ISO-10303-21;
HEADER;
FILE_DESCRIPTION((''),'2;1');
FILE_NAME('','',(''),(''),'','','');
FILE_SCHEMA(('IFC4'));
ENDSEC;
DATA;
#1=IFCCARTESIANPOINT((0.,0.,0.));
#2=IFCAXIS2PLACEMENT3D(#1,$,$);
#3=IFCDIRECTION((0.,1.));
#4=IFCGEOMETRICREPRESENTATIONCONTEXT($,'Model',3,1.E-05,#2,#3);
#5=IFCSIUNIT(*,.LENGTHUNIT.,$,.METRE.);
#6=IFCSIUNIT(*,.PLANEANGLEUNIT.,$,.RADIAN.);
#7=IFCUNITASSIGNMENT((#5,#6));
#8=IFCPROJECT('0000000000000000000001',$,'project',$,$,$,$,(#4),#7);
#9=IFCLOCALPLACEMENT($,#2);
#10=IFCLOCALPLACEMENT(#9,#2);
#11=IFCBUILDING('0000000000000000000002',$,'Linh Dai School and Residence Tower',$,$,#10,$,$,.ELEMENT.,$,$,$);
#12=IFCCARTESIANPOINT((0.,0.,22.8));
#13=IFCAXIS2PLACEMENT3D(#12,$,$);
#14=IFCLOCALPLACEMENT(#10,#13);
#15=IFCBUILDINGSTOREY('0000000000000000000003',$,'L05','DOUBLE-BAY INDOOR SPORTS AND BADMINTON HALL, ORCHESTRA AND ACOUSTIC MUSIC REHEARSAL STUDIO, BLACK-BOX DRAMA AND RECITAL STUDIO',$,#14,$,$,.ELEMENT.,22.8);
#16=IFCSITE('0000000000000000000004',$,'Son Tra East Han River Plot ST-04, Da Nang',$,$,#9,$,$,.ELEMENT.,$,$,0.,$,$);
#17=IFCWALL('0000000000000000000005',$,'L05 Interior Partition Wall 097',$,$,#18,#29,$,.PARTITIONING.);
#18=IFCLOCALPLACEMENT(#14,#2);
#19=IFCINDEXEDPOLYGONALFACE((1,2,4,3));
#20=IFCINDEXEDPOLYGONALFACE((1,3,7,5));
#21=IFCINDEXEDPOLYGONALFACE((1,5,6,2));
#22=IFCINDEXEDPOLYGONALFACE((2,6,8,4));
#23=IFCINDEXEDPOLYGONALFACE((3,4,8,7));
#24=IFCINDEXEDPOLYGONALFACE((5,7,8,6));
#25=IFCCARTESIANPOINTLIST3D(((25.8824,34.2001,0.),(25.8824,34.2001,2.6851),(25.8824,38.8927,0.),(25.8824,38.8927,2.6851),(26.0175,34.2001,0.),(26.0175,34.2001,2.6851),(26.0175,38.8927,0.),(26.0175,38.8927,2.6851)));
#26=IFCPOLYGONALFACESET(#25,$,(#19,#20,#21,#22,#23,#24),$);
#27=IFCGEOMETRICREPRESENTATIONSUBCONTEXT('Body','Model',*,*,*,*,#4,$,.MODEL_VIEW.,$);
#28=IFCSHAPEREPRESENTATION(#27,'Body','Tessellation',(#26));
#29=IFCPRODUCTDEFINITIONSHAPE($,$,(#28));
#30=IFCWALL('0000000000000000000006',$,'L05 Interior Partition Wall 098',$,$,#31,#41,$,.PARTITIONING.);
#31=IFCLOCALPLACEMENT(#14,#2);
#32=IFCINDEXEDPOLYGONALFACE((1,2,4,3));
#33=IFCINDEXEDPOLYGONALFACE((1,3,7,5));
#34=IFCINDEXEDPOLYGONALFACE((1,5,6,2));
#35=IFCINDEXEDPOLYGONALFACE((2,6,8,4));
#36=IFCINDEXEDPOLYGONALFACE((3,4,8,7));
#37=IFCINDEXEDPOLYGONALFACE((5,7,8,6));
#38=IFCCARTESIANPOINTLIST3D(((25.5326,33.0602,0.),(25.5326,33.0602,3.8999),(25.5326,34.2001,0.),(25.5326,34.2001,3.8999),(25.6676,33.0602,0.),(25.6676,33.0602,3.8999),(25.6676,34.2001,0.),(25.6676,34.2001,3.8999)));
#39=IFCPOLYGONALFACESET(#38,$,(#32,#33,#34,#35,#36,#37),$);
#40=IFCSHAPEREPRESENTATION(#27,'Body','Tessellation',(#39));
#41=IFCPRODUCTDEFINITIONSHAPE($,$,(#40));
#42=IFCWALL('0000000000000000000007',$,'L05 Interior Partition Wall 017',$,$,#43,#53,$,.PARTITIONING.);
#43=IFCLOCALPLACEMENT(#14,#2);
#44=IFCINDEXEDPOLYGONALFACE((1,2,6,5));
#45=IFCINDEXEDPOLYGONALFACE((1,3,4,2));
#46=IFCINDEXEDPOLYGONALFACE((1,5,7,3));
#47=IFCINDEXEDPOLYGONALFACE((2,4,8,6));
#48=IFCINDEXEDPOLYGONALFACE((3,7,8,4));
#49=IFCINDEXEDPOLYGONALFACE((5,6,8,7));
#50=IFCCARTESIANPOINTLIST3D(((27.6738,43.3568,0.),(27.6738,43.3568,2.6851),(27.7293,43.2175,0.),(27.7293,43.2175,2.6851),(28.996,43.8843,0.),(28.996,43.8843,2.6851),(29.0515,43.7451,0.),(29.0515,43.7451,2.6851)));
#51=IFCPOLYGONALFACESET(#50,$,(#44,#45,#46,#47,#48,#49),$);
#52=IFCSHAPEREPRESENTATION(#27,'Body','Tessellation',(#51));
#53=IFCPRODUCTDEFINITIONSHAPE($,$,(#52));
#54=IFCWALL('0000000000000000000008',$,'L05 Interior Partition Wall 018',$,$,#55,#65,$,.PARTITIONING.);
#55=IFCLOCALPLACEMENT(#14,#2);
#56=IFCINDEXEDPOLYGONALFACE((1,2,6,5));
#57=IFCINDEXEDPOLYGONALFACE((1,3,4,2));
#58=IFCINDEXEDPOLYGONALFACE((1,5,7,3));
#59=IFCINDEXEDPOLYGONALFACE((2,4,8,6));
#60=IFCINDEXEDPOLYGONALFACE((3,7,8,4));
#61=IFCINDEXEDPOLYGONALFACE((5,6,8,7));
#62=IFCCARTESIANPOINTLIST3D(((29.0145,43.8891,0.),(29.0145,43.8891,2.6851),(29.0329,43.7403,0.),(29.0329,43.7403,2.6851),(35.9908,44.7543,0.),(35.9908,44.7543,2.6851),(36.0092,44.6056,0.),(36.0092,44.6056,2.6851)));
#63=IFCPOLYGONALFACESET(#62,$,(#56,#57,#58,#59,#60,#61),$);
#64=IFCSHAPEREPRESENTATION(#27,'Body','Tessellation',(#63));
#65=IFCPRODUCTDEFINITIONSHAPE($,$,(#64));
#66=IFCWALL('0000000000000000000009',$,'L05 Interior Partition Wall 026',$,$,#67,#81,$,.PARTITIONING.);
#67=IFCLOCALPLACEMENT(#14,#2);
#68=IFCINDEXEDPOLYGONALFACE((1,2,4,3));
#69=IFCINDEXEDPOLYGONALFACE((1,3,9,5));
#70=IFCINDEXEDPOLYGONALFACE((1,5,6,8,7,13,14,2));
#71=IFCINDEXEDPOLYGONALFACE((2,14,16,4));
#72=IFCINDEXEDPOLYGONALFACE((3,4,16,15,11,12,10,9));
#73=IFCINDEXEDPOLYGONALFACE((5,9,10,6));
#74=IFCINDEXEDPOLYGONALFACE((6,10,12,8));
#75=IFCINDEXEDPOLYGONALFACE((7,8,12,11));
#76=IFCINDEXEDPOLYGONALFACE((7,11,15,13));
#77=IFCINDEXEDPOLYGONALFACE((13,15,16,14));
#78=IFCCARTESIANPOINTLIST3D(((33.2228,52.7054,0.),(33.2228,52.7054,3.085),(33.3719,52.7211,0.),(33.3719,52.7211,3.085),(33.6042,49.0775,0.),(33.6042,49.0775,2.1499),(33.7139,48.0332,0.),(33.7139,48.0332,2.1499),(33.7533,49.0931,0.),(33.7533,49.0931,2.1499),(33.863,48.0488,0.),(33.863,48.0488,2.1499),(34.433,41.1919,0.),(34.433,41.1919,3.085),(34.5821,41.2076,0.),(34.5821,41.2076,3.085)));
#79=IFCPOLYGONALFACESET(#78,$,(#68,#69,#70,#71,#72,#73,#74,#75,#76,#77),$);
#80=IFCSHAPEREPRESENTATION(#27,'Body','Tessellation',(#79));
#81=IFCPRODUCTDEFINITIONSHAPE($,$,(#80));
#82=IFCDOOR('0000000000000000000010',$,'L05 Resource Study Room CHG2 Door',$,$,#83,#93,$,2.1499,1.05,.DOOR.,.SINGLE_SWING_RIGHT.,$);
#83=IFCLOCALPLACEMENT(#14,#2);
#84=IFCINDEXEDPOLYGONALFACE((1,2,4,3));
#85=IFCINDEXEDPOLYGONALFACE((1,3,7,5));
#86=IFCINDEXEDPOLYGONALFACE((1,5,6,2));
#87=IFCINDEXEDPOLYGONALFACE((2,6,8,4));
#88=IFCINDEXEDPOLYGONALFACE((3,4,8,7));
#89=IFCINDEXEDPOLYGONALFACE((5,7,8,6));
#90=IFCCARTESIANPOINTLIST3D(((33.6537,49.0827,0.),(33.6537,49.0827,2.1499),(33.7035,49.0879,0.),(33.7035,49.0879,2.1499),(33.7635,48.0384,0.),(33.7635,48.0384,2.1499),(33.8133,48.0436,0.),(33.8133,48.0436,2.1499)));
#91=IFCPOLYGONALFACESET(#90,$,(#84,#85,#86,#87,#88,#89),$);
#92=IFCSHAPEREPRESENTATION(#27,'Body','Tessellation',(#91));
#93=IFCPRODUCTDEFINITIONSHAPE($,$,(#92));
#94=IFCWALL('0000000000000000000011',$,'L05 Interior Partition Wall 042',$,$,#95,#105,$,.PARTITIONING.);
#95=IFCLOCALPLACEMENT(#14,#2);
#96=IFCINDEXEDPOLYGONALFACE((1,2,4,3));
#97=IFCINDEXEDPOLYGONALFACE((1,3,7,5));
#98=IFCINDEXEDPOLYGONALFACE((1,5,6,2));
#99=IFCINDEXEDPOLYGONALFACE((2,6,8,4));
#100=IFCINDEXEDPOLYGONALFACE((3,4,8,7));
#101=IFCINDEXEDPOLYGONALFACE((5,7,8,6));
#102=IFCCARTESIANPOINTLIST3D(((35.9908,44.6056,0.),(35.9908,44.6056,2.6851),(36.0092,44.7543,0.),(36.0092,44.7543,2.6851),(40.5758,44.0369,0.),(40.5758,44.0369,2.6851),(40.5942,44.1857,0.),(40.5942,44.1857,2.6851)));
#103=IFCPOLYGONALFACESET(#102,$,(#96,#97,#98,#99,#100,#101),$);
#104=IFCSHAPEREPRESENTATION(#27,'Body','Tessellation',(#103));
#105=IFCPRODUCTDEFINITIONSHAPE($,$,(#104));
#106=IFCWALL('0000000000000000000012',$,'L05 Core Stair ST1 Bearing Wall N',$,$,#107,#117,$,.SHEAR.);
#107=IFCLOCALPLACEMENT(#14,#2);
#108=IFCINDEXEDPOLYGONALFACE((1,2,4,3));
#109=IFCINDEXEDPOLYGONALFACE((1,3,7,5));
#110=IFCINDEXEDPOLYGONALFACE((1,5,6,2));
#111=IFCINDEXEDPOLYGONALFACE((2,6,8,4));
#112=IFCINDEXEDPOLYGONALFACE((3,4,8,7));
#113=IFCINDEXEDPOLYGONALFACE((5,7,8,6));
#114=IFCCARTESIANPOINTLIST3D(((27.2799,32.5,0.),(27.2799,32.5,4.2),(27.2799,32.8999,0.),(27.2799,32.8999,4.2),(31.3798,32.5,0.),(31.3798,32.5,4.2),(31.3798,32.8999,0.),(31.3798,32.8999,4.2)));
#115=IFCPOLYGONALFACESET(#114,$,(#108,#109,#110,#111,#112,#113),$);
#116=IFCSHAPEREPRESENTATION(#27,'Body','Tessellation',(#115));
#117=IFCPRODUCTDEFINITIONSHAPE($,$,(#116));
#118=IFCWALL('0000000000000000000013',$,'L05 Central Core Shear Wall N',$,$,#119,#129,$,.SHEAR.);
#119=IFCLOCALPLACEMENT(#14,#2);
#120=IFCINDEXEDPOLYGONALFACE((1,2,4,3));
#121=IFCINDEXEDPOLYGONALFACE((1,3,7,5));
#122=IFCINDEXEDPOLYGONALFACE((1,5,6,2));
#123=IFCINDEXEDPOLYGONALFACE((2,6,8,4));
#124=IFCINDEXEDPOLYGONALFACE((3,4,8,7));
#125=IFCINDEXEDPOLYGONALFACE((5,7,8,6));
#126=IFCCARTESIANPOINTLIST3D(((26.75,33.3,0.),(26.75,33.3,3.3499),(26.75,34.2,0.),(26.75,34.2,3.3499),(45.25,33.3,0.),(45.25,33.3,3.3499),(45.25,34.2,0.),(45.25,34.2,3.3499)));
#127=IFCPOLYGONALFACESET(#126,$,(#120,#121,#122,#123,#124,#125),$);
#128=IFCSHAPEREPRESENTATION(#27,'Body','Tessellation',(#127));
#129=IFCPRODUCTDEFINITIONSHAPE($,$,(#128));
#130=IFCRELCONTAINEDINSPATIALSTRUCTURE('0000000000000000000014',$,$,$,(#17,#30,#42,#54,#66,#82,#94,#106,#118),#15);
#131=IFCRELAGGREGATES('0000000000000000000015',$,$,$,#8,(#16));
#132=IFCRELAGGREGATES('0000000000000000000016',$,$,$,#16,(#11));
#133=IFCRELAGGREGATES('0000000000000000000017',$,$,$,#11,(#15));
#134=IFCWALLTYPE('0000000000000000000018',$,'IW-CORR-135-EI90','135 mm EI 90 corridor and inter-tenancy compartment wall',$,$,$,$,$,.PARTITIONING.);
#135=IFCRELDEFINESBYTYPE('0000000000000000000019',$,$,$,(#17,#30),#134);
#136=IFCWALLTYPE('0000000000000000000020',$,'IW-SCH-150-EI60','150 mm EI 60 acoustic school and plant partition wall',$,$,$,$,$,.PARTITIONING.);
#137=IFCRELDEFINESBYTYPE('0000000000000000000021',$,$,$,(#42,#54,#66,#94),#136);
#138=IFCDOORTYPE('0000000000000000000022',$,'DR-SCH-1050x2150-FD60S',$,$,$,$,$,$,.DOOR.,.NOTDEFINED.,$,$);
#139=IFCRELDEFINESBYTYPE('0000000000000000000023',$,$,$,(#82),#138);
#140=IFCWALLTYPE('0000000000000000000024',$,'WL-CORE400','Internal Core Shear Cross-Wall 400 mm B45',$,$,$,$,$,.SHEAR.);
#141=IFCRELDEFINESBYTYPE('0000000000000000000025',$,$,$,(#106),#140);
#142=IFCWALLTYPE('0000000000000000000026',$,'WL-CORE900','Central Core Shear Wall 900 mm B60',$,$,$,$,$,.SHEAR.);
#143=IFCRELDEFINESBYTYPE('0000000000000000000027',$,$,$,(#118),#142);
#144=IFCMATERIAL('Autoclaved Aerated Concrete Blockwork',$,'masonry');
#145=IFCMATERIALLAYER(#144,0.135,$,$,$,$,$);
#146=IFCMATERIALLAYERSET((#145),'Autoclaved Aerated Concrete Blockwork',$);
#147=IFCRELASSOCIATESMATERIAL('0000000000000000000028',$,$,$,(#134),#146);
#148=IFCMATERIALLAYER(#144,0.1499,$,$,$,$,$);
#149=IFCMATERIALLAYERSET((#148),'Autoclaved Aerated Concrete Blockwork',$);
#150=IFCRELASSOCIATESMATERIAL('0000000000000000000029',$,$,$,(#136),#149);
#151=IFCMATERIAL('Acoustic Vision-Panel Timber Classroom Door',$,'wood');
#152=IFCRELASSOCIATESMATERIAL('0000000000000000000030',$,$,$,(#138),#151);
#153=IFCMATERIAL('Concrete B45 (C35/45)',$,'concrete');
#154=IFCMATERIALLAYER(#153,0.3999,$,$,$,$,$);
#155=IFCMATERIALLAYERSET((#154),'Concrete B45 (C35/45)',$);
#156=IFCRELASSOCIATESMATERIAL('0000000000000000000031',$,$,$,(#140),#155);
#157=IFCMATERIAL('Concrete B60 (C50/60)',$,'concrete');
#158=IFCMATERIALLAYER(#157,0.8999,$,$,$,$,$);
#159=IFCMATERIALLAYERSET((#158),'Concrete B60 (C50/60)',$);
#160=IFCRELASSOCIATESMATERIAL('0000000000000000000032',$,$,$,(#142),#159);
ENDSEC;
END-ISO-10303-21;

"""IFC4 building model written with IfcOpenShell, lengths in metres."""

from ifc_helpers import new_model, si_unit, direction, frame, frame_2d, origin, origin_2d, place, context, subcontext, project, spatial, rectangle, extrude, source, transform, mapped, material, layer, layer_set, type_object, element, fill, save


model = new_model("IFC4")

# Units and contexts
model_context = context("Model", 3, precision=1e-05, world=origin(), true_north=direction((0.0, 1.0)))
body_context = subcontext(model_context, "Body", "Model", "MODEL_VIEW")
ifc_project = project(units=[si_unit("LENGTHUNIT", "METRE"), si_unit("PLANEANGLEUNIT", "RADIAN")], contexts=[model_context])

# Site, building, storey
site_placement = place(None, origin())
site = spatial("IfcSite", under=ifc_project, at=site_placement, Name="Son Tra East Han River Plot ST-04, Da Nang", CompositionType="ELEMENT", RefElevation=0.0)
building_placement = place(site_placement, origin())
building = spatial("IfcBuilding", under=site, at=building_placement, Name="Linh Dai School and Residence Tower", CompositionType="ELEMENT")
storey_placement = place(building_placement, frame((0.0, 0.0, 22.8)))
storey = spatial("IfcBuildingStorey", under=building, at=storey_placement, Name="L05", Description="DOUBLE-BAY INDOOR SPORTS AND BADMINTON HALL, ORCHESTRA AND ACOUSTIC MUSIC REHEARSAL STUDIO, BLACK-BOX DRAMA AND RECITAL STUDIO", CompositionType="ELEMENT", Elevation=22.8)

# Shared definitions
ifc_material_1 = material(Name="Concrete B60 (C50/60)", Category="concrete")

# Walls
ifc_material_2 = material(Name="Autoclaved Aerated Concrete Blockwork", Category="masonry")
ifc_layer_1 = layer(ifc_material_2, 0.135)
ifc_layer_set_1 = layer_set([ifc_layer_1], Name="Autoclaved Aerated Concrete Blockwork")
wall_type_1 = type_object("IfcWallType", Name="IW-CORR-135-EI90", Description="135 mm EI 90 corridor and inter-tenancy compartment wall", PredefinedType="PARTITIONING", material=ifc_layer_set_1)
wall_1_placement = place(storey_placement, frame((25.95, 38.8926, 0.0), z_axis=(0.0, 0.0, 1.0), x_axis=(0.0, -1.0, 0.0)))
element("IfcWall", 1, at=wall_1_placement, inside=storey, type_object=wall_type_1, Name="L05 Interior Partition Wall 097", PredefinedType="PARTITIONING", context=body_context, shape_type="SweptSolid", body=[
    extrude(rectangle(XDim=4.6926, YDim=0.135, at=frame_2d((2.3462, 0.0))), origin(), (0.0, 0.0, 1.0), 2.6851),
])
wall_2_placement = place(storey_placement, frame((25.6001, 34.2, 0.0), z_axis=(0.0, 0.0, 1.0), x_axis=(0.0, -1.0, 0.0)))
element("IfcWall", 2, at=wall_2_placement, inside=storey, type_object=wall_type_1, Name="L05 Interior Partition Wall 098", PredefinedType="PARTITIONING", context=body_context, shape_type="SweptSolid", body=[
    extrude(rectangle(XDim=1.1399, YDim=0.135, at=frame_2d((0.5698, 0.0))), origin(), (0.0, 0.0, 1.0), 3.8999),
])
ifc_layer_2 = layer(ifc_material_2, 0.1499)
ifc_layer_set_2 = layer_set([ifc_layer_2], Name="Autoclaved Aerated Concrete Blockwork")
wall_type_2 = type_object("IfcWallType", Name="IW-SCH-150-EI60", Description="150 mm EI 60 acoustic school and plant partition wall", PredefinedType="PARTITIONING", material=ifc_layer_set_2)
wall_3_placement = place(storey_placement, frame((27.7014, 43.2871, 0.0), z_axis=(0.0, 0.0, 1.0), x_axis=(0.928796, 0.370592, 0.0)))
element("IfcWall", 3, at=wall_3_placement, inside=storey, type_object=wall_type_2, Name="L05 Interior Partition Wall 017", PredefinedType="PARTITIONING", context=body_context, shape_type="SweptSolid", body=[
    extrude(rectangle(XDim=1.4236, YDim=0.1499, at=frame_2d((0.7119, 0.0))), origin(), (0.0, 0.0, 1.0), 2.6851),
])
wall_4_placement = place(storey_placement, frame((29.0237, 43.8147, 0.0), z_axis=(0.0, 0.0, 1.0), x_axis=(0.992397, 0.123081, 0.0)))
element("IfcWall", 4, at=wall_4_placement, inside=storey, type_object=wall_type_2, Name="L05 Interior Partition Wall 018", PredefinedType="PARTITIONING", context=body_context, shape_type="SweptSolid", body=[
    extrude(rectangle(XDim=7.0298, YDim=0.1499, at=frame_2d((3.5149, 0.0))), origin(), (0.0, 0.0, 1.0), 2.6851),
])

# Wall, opening, door
wall_5_placement = place(storey_placement, frame((33.2974, 52.7134, 0.0), z_axis=(0.0, 0.0, 1.0), x_axis=(0.104537, -0.994521, 0.0)))
wall_5 = element("IfcWall", 5, at=wall_5_placement, inside=storey, type_object=wall_type_2, Name="L05 Interior Partition Wall 026", PredefinedType="PARTITIONING", context=body_context, shape_type="SweptSolid", body=[
    extrude(rectangle(XDim=11.5769, YDim=0.1499, at=frame_2d((5.7886, 0.0))), origin(), (0.0, 0.0, 1.0), 3.085),
])
opening_1_placement = place(wall_5_placement, frame((3.6482, 0.0, 0.0)))
opening_1 = element("IfcOpeningElement", 6, at=opening_1_placement, cuts=wall_5, PredefinedType="OPENING", context=body_context, shape_type="SweptSolid", body=[
    extrude(rectangle(XDim=1.05, YDim=2.1499, at=origin_2d()), frame((0.5249, 0.085, 1.075), z_axis=(0.0, -1.0, 0.0), x_axis=(1.0, 0.0, 0.0)), (0.0, 0.0, 1.0), 0.1699),
])
ifc_material_3 = material(Name="Acoustic Vision-Panel Timber Classroom Door", Category="wood")
door_type = type_object("IfcDoorType", Name="DR-SCH-1050x2150-FD60S", OperationType="NOTDEFINED", PredefinedType="DOOR", material=ifc_material_3)
shared_shape_1 = source(origin(), body_context, "Body", "SweptSolid", [
    extrude(rectangle(XDim=1.05, YDim=2.1499, at=origin_2d()), frame((0.5249, 0.0249, 1.075), z_axis=(0.0, -1.0, 0.0), x_axis=(1.0, 0.0, 0.0)), (0.0, 0.0, 1.0), 0.05),
])
door_placement = place(opening_1_placement, origin())
door = element("IfcDoor", 7, at=door_placement, inside=storey, type_object=door_type, Name="L05 Resource Study Room CHG2 Door", OperationType="SINGLE_SWING_RIGHT", OverallHeight=2.1499, OverallWidth=1.05, PredefinedType="DOOR", context=body_context, shape_type="MappedRepresentation", body=[
    mapped(shared_shape_1, transform((0.0, 0.0, 0.0), x_axis=(1.0, 0.0, 0.0), y_axis=(0.0, 1.0, 0.0), z_axis=(0.0, 0.0, 1.0), scale=1.0)),
])
fill(opening_1, door)

# Walls
wall_6_placement = place(storey_placement, frame((36.0, 44.6799, 0.0), z_axis=(0.0, 0.0, 1.0), x_axis=(0.992398, -0.123072, 0.0)))
element("IfcWall", 8, at=wall_6_placement, inside=storey, type_object=wall_type_2, Name="L05 Interior Partition Wall 042", PredefinedType="PARTITIONING", context=body_context, shape_type="SweptSolid", body=[
    extrude(rectangle(XDim=4.6201, YDim=0.1499, at=frame_2d((2.3101, 0.0))), origin(), (0.0, 0.0, 1.0), 2.6851),
])
ifc_material_4 = material(Name="Concrete B45 (C35/45)", Category="concrete")
ifc_layer_3 = layer(ifc_material_4, 0.3999)
ifc_layer_set_3 = layer_set([ifc_layer_3], Name="Concrete B45 (C35/45)")
wall_type_3 = type_object("IfcWallType", Name="WL-CORE400", Description="Internal Core Shear Cross-Wall 400 mm B45", PredefinedType="SHEAR", material=ifc_layer_set_3)
wall_7_placement = place(storey_placement, frame((27.28, 32.7, 0.0), z_axis=(0.0, 0.0, 1.0), x_axis=(1.0, 0.0, 0.0)))
element("IfcWall", 9, at=wall_7_placement, inside=storey, type_object=wall_type_3, Name="L05 Core Stair ST1 Bearing Wall N", PredefinedType="SHEAR", context=body_context, shape_type="SweptSolid", body=[
    extrude(rectangle(XDim=4.0999, YDim=0.3999, at=frame_2d((2.0498, 0.0))), origin(), (0.0, 0.0, 1.0), 4.2),
])
ifc_layer_4 = layer(ifc_material_1, 0.8999)
ifc_layer_set_4 = layer_set([ifc_layer_4], Name="Concrete B60 (C50/60)")
wall_type_4 = type_object("IfcWallType", Name="WL-CORE900", Description="Central Core Shear Wall 900 mm B60", PredefinedType="SHEAR", material=ifc_layer_set_4)
wall_8_placement = place(storey_placement, frame((26.75, 33.75, 0.0), z_axis=(0.0, 0.0, 1.0), x_axis=(1.0, 0.0, 0.0)))
element("IfcWall", 10, at=wall_8_placement, inside=storey, type_object=wall_type_4, Name="L05 Central Core Shear Wall N", PredefinedType="SHEAR", context=body_context, shape_type="SweptSolid", body=[
    extrude(rectangle(XDim=18.5, YDim=0.8999, at=frame_2d((9.25, 0.0))), origin(), (0.0, 0.0, 1.0), 3.3499),
])

save(model, "model.ifc")
